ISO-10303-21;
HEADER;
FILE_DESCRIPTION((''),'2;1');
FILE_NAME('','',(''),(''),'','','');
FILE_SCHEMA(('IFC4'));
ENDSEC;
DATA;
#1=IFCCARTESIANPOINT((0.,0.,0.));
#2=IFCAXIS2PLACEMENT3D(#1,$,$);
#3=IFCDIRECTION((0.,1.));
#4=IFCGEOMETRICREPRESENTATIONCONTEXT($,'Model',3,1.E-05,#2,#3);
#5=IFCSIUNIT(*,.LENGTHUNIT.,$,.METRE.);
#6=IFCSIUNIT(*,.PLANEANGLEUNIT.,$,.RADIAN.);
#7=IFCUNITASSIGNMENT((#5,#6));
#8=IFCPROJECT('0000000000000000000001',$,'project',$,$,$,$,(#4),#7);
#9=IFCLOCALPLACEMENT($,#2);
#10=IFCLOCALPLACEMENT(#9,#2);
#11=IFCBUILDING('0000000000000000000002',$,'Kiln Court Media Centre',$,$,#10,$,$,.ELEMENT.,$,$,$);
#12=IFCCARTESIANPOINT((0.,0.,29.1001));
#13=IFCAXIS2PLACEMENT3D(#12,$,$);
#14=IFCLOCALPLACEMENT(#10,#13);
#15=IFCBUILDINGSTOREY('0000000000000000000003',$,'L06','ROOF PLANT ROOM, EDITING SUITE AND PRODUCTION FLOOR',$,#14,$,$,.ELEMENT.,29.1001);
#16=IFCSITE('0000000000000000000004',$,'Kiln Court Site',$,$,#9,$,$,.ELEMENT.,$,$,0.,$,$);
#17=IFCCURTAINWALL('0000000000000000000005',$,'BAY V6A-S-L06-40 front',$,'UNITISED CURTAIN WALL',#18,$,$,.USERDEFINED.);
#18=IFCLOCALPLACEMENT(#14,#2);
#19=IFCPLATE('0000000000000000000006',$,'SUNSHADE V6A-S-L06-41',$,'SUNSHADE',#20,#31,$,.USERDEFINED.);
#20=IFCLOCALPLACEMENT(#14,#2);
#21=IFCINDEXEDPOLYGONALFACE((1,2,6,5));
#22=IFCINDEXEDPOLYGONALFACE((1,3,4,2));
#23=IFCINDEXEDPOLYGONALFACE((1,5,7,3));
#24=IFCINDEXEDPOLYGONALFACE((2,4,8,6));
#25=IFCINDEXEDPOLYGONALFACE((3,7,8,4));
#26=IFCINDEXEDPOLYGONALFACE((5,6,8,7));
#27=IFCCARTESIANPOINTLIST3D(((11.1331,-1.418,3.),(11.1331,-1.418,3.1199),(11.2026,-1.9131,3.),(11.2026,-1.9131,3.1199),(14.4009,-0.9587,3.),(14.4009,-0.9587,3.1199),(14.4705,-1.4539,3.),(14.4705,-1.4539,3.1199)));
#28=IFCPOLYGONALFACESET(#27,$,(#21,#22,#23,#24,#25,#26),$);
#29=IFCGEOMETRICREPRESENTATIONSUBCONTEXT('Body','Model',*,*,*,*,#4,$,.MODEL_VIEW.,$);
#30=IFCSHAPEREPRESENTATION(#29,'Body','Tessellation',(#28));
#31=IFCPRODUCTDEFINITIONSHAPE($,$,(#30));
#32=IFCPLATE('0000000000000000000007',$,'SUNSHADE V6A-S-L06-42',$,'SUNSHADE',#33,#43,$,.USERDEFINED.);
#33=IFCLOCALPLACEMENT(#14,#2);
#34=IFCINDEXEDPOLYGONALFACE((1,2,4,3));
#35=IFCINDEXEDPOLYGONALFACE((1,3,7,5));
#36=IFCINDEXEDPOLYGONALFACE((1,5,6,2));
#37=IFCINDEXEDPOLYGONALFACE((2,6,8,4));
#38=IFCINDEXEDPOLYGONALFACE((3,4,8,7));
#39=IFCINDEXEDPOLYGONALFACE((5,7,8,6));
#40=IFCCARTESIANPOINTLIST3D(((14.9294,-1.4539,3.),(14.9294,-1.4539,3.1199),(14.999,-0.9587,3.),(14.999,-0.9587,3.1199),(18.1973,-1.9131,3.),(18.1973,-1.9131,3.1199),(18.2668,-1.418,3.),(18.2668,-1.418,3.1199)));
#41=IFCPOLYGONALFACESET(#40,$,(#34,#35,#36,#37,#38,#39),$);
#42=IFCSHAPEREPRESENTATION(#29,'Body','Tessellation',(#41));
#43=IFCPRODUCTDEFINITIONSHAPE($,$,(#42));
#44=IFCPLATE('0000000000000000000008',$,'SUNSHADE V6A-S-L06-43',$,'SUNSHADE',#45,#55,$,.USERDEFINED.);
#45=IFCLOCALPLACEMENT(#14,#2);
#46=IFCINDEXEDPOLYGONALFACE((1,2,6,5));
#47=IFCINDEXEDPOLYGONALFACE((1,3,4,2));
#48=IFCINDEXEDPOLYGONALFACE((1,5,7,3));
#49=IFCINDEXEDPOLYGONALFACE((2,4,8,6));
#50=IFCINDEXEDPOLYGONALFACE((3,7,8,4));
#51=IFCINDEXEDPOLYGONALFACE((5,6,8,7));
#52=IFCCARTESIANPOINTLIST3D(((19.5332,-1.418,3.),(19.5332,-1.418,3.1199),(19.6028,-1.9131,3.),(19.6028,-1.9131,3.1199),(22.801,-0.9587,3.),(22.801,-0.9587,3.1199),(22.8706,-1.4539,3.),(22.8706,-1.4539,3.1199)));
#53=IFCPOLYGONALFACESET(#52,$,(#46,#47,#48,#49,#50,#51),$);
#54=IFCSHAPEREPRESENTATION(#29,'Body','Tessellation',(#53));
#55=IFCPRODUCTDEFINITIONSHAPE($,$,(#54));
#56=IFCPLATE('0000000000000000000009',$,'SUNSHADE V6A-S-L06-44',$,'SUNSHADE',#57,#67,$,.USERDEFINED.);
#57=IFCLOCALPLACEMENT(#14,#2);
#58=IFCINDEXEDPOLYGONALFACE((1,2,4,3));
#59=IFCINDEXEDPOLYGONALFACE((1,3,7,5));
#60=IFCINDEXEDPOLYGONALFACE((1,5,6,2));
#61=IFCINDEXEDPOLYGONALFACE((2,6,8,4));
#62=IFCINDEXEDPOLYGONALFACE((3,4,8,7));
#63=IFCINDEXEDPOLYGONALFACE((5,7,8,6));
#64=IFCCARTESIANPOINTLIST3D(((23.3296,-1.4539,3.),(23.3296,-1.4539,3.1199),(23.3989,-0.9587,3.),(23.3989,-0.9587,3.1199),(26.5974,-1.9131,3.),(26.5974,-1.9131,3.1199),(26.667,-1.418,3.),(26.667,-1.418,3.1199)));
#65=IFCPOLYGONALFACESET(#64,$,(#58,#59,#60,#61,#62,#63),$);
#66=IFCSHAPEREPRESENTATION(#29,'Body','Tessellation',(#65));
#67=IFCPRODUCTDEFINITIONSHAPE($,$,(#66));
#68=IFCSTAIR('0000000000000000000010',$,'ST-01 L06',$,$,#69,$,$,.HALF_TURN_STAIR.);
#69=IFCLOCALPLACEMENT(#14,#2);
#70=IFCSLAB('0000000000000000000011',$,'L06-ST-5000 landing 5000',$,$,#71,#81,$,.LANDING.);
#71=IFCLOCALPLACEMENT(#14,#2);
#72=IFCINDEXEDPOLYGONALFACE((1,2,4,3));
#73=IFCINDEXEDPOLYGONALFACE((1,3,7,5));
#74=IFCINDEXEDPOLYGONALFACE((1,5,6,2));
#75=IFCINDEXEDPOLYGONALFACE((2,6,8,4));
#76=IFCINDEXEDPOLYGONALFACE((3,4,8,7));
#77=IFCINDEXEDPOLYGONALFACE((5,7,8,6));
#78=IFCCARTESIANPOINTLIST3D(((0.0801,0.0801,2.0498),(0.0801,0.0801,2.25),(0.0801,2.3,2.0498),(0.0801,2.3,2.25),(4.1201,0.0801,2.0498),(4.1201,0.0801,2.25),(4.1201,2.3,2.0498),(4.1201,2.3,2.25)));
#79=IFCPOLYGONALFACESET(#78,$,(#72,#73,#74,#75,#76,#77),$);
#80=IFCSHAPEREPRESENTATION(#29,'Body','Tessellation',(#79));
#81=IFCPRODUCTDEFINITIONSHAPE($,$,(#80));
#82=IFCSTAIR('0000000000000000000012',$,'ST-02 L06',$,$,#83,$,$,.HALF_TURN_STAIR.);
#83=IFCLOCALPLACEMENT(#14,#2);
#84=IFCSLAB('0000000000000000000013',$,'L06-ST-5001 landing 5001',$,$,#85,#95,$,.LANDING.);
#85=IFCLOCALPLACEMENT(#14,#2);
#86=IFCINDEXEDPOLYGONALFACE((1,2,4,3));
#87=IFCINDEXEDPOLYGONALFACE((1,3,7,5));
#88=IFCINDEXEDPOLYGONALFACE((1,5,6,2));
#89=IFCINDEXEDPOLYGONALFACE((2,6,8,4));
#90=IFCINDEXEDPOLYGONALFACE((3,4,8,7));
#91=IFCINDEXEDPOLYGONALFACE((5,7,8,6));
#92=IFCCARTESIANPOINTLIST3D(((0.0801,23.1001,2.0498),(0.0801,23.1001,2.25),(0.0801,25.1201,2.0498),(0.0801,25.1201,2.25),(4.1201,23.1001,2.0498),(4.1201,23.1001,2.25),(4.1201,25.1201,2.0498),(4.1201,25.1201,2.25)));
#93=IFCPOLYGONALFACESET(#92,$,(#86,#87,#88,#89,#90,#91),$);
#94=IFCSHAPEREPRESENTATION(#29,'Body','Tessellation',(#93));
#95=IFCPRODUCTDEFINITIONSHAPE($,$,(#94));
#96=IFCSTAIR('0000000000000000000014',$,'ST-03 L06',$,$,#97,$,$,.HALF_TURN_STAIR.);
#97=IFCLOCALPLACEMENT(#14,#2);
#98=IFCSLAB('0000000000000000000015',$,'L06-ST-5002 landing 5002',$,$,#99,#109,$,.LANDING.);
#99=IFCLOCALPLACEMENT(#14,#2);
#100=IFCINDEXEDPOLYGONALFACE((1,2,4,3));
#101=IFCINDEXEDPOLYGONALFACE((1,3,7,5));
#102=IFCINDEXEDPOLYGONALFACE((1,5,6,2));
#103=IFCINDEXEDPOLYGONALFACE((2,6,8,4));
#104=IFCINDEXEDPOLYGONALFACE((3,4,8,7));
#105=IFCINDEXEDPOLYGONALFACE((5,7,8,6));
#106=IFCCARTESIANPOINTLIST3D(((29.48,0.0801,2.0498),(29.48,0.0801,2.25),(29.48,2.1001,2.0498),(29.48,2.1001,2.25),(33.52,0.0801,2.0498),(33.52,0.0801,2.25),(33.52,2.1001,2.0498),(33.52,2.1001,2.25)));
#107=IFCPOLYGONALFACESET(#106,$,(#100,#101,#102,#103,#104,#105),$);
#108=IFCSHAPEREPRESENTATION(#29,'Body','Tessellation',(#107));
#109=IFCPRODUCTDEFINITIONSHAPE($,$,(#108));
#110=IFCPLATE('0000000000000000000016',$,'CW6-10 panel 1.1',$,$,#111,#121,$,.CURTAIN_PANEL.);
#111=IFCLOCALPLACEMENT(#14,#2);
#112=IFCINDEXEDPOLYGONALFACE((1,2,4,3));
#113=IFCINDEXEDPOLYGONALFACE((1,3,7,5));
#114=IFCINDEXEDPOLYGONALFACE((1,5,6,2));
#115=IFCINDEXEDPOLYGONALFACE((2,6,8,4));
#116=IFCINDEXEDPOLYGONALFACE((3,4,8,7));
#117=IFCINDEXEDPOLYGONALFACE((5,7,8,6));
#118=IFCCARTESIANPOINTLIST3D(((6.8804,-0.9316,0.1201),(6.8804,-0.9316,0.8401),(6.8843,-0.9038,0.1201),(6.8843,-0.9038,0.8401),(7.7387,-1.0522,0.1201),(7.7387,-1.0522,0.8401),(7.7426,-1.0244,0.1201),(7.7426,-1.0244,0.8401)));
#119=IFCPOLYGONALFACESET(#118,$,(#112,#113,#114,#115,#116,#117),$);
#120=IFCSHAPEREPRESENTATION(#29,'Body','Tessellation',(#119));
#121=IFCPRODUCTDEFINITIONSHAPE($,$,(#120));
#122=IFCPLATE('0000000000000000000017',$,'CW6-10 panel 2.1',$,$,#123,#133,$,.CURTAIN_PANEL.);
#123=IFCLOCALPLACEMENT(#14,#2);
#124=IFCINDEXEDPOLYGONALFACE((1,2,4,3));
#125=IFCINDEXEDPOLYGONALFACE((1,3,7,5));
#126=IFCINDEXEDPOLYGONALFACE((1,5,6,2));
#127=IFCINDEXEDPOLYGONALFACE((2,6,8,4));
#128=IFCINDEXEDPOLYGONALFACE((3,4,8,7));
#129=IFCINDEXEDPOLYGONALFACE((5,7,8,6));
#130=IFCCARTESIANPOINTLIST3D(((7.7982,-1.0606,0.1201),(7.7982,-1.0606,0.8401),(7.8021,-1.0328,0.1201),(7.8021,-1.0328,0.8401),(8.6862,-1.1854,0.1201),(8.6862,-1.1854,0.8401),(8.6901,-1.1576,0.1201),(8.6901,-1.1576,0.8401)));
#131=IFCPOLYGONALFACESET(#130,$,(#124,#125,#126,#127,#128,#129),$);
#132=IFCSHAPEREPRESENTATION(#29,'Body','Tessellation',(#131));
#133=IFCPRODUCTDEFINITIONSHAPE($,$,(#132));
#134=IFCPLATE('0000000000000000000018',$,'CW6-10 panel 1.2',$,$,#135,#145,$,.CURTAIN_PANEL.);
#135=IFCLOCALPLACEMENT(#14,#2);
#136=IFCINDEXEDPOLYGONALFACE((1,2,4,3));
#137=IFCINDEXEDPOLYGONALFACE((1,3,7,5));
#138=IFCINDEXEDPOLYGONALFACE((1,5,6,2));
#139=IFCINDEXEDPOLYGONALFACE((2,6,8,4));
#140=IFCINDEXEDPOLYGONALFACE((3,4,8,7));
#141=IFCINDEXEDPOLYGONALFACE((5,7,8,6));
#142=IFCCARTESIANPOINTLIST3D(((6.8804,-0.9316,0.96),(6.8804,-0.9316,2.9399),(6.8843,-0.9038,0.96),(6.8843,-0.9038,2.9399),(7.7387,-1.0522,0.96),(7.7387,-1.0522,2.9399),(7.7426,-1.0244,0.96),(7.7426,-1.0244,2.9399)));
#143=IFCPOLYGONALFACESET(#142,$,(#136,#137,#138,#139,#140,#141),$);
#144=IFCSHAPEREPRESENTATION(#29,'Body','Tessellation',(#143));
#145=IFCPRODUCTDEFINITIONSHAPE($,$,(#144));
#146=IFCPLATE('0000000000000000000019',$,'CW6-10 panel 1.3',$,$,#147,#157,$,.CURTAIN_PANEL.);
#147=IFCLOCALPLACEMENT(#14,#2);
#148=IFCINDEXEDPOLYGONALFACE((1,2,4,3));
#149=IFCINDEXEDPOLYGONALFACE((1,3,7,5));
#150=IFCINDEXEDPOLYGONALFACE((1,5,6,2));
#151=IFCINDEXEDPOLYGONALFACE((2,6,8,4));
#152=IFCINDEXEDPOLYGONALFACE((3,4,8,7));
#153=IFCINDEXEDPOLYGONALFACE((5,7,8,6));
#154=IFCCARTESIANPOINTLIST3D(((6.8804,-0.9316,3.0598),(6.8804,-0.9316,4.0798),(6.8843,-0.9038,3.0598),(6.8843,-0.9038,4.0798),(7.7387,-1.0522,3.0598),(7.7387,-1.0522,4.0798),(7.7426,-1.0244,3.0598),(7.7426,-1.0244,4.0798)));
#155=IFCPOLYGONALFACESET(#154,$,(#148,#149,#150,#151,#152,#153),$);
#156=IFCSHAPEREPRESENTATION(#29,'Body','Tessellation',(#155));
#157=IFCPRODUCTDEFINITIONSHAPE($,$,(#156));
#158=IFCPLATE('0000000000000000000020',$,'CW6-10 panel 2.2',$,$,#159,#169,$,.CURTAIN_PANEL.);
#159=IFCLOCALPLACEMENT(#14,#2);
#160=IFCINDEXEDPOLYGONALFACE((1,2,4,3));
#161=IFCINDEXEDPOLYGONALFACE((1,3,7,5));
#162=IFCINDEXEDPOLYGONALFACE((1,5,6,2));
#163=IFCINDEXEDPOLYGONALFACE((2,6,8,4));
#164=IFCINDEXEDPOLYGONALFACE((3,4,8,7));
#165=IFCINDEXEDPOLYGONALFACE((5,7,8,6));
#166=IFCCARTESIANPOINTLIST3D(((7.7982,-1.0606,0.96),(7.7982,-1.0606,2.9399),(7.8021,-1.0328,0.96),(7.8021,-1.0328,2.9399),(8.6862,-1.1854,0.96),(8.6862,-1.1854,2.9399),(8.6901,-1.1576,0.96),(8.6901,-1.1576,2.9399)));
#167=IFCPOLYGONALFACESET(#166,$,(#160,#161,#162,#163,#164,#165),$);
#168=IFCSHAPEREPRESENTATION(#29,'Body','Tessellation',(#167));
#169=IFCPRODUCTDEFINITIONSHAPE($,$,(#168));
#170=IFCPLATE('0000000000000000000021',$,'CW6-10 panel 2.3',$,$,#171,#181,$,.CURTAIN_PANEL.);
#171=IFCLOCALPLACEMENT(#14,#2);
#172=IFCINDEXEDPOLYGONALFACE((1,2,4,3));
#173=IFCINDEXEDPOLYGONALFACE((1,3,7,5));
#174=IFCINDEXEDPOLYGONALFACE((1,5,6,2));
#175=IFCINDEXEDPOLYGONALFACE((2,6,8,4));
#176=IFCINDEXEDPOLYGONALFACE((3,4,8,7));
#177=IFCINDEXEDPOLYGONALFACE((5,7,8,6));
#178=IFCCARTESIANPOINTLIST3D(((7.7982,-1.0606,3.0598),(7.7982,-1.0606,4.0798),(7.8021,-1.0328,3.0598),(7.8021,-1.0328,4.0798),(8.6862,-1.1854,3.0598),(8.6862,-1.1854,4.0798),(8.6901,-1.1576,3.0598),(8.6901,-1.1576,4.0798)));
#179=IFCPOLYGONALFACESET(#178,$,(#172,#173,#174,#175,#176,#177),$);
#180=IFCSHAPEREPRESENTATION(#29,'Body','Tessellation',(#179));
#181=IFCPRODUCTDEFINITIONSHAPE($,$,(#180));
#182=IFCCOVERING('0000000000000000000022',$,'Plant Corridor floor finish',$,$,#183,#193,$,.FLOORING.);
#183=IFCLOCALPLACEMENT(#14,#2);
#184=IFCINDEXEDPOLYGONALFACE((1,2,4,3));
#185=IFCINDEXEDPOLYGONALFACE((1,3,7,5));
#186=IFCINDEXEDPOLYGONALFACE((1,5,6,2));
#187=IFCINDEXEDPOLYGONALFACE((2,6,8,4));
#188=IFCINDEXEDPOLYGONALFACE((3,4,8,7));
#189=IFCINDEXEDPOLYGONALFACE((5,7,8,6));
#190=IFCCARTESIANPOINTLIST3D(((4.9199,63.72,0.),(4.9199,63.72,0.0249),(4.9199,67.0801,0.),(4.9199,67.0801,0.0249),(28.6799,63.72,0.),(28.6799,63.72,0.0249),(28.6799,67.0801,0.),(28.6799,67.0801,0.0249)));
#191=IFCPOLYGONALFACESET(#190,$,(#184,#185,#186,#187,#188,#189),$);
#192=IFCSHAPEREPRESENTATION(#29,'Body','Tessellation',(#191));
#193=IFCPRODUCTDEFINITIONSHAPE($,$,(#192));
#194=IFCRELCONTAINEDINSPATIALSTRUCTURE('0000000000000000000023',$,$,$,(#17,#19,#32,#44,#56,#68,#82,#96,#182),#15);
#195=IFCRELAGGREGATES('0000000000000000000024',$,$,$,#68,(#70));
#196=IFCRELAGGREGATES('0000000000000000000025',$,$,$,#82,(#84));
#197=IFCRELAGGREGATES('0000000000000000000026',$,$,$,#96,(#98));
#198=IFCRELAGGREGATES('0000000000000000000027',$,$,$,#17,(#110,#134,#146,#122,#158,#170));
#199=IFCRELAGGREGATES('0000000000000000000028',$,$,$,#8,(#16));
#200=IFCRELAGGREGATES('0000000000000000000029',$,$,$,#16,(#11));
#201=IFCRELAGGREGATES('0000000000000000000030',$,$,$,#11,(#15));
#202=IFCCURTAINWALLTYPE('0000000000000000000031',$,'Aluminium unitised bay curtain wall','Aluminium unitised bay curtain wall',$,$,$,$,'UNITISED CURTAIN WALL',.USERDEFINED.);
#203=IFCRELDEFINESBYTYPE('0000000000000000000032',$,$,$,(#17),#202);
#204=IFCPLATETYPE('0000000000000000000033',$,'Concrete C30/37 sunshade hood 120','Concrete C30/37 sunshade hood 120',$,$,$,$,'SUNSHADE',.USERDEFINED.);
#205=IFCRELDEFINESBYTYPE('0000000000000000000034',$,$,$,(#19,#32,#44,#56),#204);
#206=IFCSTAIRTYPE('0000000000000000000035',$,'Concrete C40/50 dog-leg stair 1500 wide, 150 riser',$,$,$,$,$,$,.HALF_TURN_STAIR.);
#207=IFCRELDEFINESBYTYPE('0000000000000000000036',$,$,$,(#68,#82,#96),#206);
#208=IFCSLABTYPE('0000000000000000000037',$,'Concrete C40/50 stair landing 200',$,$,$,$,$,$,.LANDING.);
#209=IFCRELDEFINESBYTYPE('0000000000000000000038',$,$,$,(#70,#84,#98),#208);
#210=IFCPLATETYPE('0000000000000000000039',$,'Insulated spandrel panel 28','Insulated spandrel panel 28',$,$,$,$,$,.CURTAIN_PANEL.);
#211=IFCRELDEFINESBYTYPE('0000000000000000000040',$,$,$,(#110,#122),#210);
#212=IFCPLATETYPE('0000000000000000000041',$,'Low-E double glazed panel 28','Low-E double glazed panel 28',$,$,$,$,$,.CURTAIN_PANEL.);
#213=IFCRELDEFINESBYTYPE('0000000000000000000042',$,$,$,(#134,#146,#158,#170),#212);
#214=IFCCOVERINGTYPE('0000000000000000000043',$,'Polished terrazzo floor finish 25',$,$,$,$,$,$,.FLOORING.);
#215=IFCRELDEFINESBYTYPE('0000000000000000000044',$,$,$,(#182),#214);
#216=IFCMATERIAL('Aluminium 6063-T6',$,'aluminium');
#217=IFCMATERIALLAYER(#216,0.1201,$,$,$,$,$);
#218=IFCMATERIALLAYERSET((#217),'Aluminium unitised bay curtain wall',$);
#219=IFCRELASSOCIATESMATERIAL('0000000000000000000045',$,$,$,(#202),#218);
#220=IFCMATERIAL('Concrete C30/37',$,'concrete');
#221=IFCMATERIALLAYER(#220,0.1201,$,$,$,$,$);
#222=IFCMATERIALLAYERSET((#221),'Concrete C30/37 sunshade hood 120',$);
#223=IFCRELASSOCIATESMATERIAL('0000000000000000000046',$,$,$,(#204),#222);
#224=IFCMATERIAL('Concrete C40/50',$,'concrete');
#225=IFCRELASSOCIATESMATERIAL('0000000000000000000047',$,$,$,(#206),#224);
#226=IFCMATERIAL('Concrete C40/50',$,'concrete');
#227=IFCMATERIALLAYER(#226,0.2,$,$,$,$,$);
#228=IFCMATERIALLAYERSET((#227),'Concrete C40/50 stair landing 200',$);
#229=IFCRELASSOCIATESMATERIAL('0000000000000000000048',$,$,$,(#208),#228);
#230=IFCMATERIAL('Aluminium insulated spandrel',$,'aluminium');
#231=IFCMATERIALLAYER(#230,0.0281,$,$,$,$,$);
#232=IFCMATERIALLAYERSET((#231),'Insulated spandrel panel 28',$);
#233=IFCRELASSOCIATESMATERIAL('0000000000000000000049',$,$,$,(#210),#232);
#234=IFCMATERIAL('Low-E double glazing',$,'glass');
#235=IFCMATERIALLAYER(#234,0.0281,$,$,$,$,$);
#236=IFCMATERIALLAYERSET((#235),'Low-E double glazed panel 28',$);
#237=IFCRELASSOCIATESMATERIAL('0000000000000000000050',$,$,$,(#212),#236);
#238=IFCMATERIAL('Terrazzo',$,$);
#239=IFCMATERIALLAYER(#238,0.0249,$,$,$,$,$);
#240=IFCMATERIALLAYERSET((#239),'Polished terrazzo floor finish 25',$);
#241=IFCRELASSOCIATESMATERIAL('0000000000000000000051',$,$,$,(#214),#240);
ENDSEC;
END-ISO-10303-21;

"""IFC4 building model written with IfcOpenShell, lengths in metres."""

from ifc_helpers import new_model, si_unit, direction, frame, origin, origin_2d, place, context, subcontext, project, spatial, polyline, rectangle, outline, extrude, material, layer, layer_set, type_object, element, aggregate, save


model = new_model("IFC4")

# Units and contexts
model_context = context("Model", 3, precision=1e-05, world=origin(), true_north=direction((0.0, 1.0)))
body_context = subcontext(model_context, "Body", "Model", "MODEL_VIEW")
ifc_project = project(units=[si_unit("LENGTHUNIT", "METRE"), si_unit("PLANEANGLEUNIT", "RADIAN")], contexts=[model_context])

# Site, building, storey
site_placement = place(None, origin())
site = spatial("IfcSite", under=ifc_project, at=site_placement, Name="Kiln Court Site", CompositionType="ELEMENT", RefElevation=0.0)
building_placement = place(site_placement, origin())
building = spatial("IfcBuilding", under=site, at=building_placement, Name="Kiln Court Media Centre", CompositionType="ELEMENT")
storey_placement = place(building_placement, frame((0.0, 0.0, 29.1001)))
storey = spatial("IfcBuildingStorey", under=building, at=storey_placement, Name="L06", Description="ROOF PLANT ROOM, EDITING SUITE AND PRODUCTION FLOOR", CompositionType="ELEMENT", Elevation=29.1001)

# Curtain wall
ifc_material_1 = material(Name="Aluminium 6063-T6", Category="aluminium")
ifc_layer_1 = layer(ifc_material_1, 0.1201)
ifc_layer_set_1 = layer_set([ifc_layer_1], Name="Aluminium unitised bay curtain wall")
curtain_wall_type = type_object("IfcCurtainWallType", Name="Aluminium unitised bay curtain wall", Description="Aluminium unitised bay curtain wall", ElementType="UNITISED CURTAIN WALL", PredefinedType="USERDEFINED", material=ifc_layer_set_1)
curtain_wall_placement = place(storey_placement, origin())
curtain_wall = element("IfcCurtainWall", 1, at=curtain_wall_placement, inside=storey, type_object=curtain_wall_type, Name="BAY V6A-S-L06-40 front", ObjectType="UNITISED CURTAIN WALL", PredefinedType="USERDEFINED")

# Plates
ifc_material_2 = material(Name="Concrete C30/37", Category="concrete")
ifc_layer_2 = layer(ifc_material_2, 0.1201)
ifc_layer_set_2 = layer_set([ifc_layer_2], Name="Concrete C30/37 sunshade hood 120")
plate_type_1 = type_object("IfcPlateType", Name="Concrete C30/37 sunshade hood 120", Description="Concrete C30/37 sunshade hood 120", ElementType="SUNSHADE", PredefinedType="USERDEFINED", material=ifc_layer_set_2)
plate_1_placement = place(storey_placement, frame((0.0, 0.0, 3.0)))
element("IfcPlate", 2, at=plate_1_placement, inside=storey, type_object=plate_type_1, Name="SUNSHADE V6A-S-L06-41", ObjectType="SUNSHADE", PredefinedType="USERDEFINED", context=body_context, shape_type="SweptSolid", body=[
    extrude(outline(polyline([(11.1331, -1.418), (14.4009, -0.9587), (14.4705, -1.4539), (11.2026, -1.9131), (11.1331, -1.418)])), origin(), (0.0, 0.0, 1.0), 0.1199),
])
plate_2_placement = place(storey_placement, frame((0.0, 0.0, 3.0)))
element("IfcPlate", 3, at=plate_2_placement, inside=storey, type_object=plate_type_1, Name="SUNSHADE V6A-S-L06-42", ObjectType="SUNSHADE", PredefinedType="USERDEFINED", context=body_context, shape_type="SweptSolid", body=[
    extrude(outline(polyline([(14.999, -0.9587), (18.2668, -1.418), (18.1973, -1.9131), (14.9294, -1.4539), (14.999, -0.9587)])), origin(), (0.0, 0.0, 1.0), 0.1199),
])
plate_3_placement = place(storey_placement, frame((0.0, 0.0, 3.0)))
element("IfcPlate", 4, at=plate_3_placement, inside=storey, type_object=plate_type_1, Name="SUNSHADE V6A-S-L06-43", ObjectType="SUNSHADE", PredefinedType="USERDEFINED", context=body_context, shape_type="SweptSolid", body=[
    extrude(outline(polyline([(19.5332, -1.418), (22.801, -0.9587), (22.8706, -1.4539), (19.6028, -1.9131), (19.5332, -1.418)])), origin(), (0.0, 0.0, 1.0), 0.1199),
])
plate_4_placement = place(storey_placement, frame((0.0, 0.0, 3.0)))
element("IfcPlate", 5, at=plate_4_placement, inside=storey, type_object=plate_type_1, Name="SUNSHADE V6A-S-L06-44", ObjectType="SUNSHADE", PredefinedType="USERDEFINED", context=body_context, shape_type="SweptSolid", body=[
    extrude(outline(polyline([(23.3989, -0.9587), (26.667, -1.418), (26.5974, -1.9131), (23.3296, -1.4539), (23.3989, -0.9587)])), origin(), (0.0, 0.0, 1.0), 0.1199),
])

# Stairs, slabs
ifc_material_3 = material(Name="Concrete C40/50", Category="concrete")
stair_type = type_object("IfcStairType", Name="Concrete C40/50 dog-leg stair 1500 wide, 150 riser", PredefinedType="HALF_TURN_STAIR", material=ifc_material_3)
stair_1_placement = place(storey_placement, origin())
stair_1 = element("IfcStair", 6, at=stair_1_placement, inside=storey, type_object=stair_type, Name="ST-01 L06", PredefinedType="HALF_TURN_STAIR")
ifc_material_4 = material(Name="Concrete C40/50", Category="concrete")
ifc_layer_3 = layer(ifc_material_4, 0.2)
ifc_layer_set_3 = layer_set([ifc_layer_3], Name="Concrete C40/50 stair landing 200")
slab_type_1 = type_object("IfcSlabType", Name="Concrete C40/50 stair landing 200", PredefinedType="LANDING", material=ifc_layer_set_3)
slab_1_placement = place(storey_placement, frame((0.0, 0.0, 2.0498)))
slab_1 = element("IfcSlab", 7, at=slab_1_placement, type_object=slab_type_1, Name="L06-ST-5000 landing 5000", PredefinedType="LANDING", context=body_context, shape_type="SweptSolid", body=[
    extrude(outline(polyline([(0.0801, 2.3), (0.0801, 0.0801), (4.1201, 0.0801), (4.1201, 2.3), (0.0801, 2.3)])), origin(), (0.0, 0.0, 1.0), 0.2002),
])
aggregate(stair_1, [slab_1])
stair_2_placement = place(storey_placement, origin())
stair_2 = element("IfcStair", 8, at=stair_2_placement, inside=storey, type_object=stair_type, Name="ST-02 L06", PredefinedType="HALF_TURN_STAIR")
slab_2_placement = place(storey_placement, frame((0.0, 0.0, 2.0498)))
slab_2 = element("IfcSlab", 9, at=slab_2_placement, type_object=slab_type_1, Name="L06-ST-5001 landing 5001", PredefinedType="LANDING", context=body_context, shape_type="SweptSolid", body=[
    extrude(outline(polyline([(4.1201, 23.1001), (4.1201, 25.1201), (0.0801, 25.1201), (0.0801, 23.1001), (4.1201, 23.1001)])), origin(), (0.0, 0.0, 1.0), 0.2002),
])
aggregate(stair_2, [slab_2])
stair_3_placement = place(storey_placement, origin())
stair_3 = element("IfcStair", 10, at=stair_3_placement, inside=storey, type_object=stair_type, Name="ST-03 L06", PredefinedType="HALF_TURN_STAIR")
slab_3_placement = place(storey_placement, frame((0.0, 0.0, 2.0498)))
slab_3 = element("IfcSlab", 11, at=slab_3_placement, type_object=slab_type_1, Name="L06-ST-5002 landing 5002", PredefinedType="LANDING", context=body_context, shape_type="SweptSolid", body=[
    extrude(outline(polyline([(29.48, 2.1001), (29.48, 0.0801), (33.52, 0.0801), (33.52, 2.1001), (29.48, 2.1001)])), origin(), (0.0, 0.0, 1.0), 0.2002),
])
aggregate(stair_3, [slab_3])

# Plates
ifc_material_5 = material(Name="Aluminium insulated spandrel", Category="aluminium")
ifc_layer_4 = layer(ifc_material_5, 0.0281)
ifc_layer_set_4 = layer_set([ifc_layer_4], Name="Insulated spandrel panel 28")
plate_type_2 = type_object("IfcPlateType", Name="Insulated spandrel panel 28", Description="Insulated spandrel panel 28", PredefinedType="CURTAIN_PANEL", material=ifc_layer_set_4)
plate_5_placement = place(storey_placement, frame((7.3115, -0.978, 0.1201), z_axis=(0.0, 0.0, 1.0), x_axis=(0.99027, -0.139162, 0.0)))
plate_5 = element("IfcPlate", 12, at=plate_5_placement, type_object=plate_type_2, Name="CW6-10 panel 1.1", PredefinedType="CURTAIN_PANEL", context=body_context, shape_type="SweptSolid", body=[
    extrude(rectangle(XDim=0.8667, YDim=0.0281, at=origin_2d()), origin(), (0.0, 0.0, 1.0), 0.72),
])
plate_6_placement = place(storey_placement, frame((8.2441, -1.1091, 0.1201), z_axis=(0.0, 0.0, 1.0), x_axis=(0.99027, -0.139162, 0.0)))
plate_6 = element("IfcPlate", 13, at=plate_6_placement, type_object=plate_type_2, Name="CW6-10 panel 2.1", PredefinedType="CURTAIN_PANEL", context=body_context, shape_type="SweptSolid", body=[
    extrude(rectangle(XDim=0.8967, YDim=0.0281, at=origin_2d()), origin(), (0.0, 0.0, 1.0), 0.72),
])
ifc_material_6 = material(Name="Low-E double glazing", Category="glass")
ifc_layer_5 = layer(ifc_material_6, 0.0281)
ifc_layer_set_5 = layer_set([ifc_layer_5], Name="Low-E double glazed panel 28")
plate_type_3 = type_object("IfcPlateType", Name="Low-E double glazed panel 28", Description="Low-E double glazed panel 28", PredefinedType="CURTAIN_PANEL", material=ifc_layer_set_5)
plate_7_placement = place(storey_placement, frame((7.3115, -0.978, 0.96), z_axis=(0.0, 0.0, 1.0), x_axis=(0.99027, -0.139162, 0.0)))
plate_7 = element("IfcPlate", 14, at=plate_7_placement, type_object=plate_type_3, Name="CW6-10 panel 1.2", PredefinedType="CURTAIN_PANEL", context=body_context, shape_type="SweptSolid", body=[
    extrude(rectangle(XDim=0.8667, YDim=0.0281, at=origin_2d()), origin(), (0.0, 0.0, 1.0), 1.98),
])
plate_8_placement = place(storey_placement, frame((7.3115, -0.978, 3.0598), z_axis=(0.0, 0.0, 1.0), x_axis=(0.99027, -0.139162, 0.0)))
plate_8 = element("IfcPlate", 15, at=plate_8_placement, type_object=plate_type_3, Name="CW6-10 panel 1.3", PredefinedType="CURTAIN_PANEL", context=body_context, shape_type="SweptSolid", body=[
    extrude(rectangle(XDim=0.8667, YDim=0.0281, at=origin_2d()), origin(), (0.0, 0.0, 1.0), 1.02),
])
plate_9_placement = place(storey_placement, frame((8.2441, -1.1091, 0.96), z_axis=(0.0, 0.0, 1.0), x_axis=(0.99027, -0.139162, 0.0)))
plate_9 = element("IfcPlate", 16, at=plate_9_placement, type_object=plate_type_3, Name="CW6-10 panel 2.2", PredefinedType="CURTAIN_PANEL", context=body_context, shape_type="SweptSolid", body=[
    extrude(rectangle(XDim=0.8967, YDim=0.0281, at=origin_2d()), origin(), (0.0, 0.0, 1.0), 1.98),
])
plate_10_placement = place(storey_placement, frame((8.2441, -1.1091, 3.0598), z_axis=(0.0, 0.0, 1.0), x_axis=(0.99027, -0.139162, 0.0)))
plate_10 = element("IfcPlate", 17, at=plate_10_placement, type_object=plate_type_3, Name="CW6-10 panel 2.3", PredefinedType="CURTAIN_PANEL", context=body_context, shape_type="SweptSolid", body=[
    extrude(rectangle(XDim=0.8967, YDim=0.0281, at=origin_2d()), origin(), (0.0, 0.0, 1.0), 1.02),
])
aggregate(curtain_wall, [plate_5, plate_7, plate_8, plate_6, plate_9, plate_10])

# Covering
ifc_material_7 = material(Name="Terrazzo")
ifc_layer_6 = layer(ifc_material_7, 0.0249)
ifc_layer_set_6 = layer_set([ifc_layer_6], Name="Polished terrazzo floor finish 25")
covering_type = type_object("IfcCoveringType", Name="Polished terrazzo floor finish 25", PredefinedType="FLOORING", material=ifc_layer_set_6)
covering_1_placement = place(storey_placement, origin())
element("IfcCovering", 18, at=covering_1_placement, inside=storey, type_object=covering_type, Name="Plant Corridor floor finish", PredefinedType="FLOORING", context=body_context, shape_type="SweptSolid", body=[
    extrude(outline(polyline([(4.9199, 63.72), (28.6799, 63.72), (28.6799, 67.0801), (4.9199, 67.0801), (4.9199, 63.72)])), origin(), (0.0, 0.0, 1.0), 0.0249),
])

save(model, "model.ifc")
